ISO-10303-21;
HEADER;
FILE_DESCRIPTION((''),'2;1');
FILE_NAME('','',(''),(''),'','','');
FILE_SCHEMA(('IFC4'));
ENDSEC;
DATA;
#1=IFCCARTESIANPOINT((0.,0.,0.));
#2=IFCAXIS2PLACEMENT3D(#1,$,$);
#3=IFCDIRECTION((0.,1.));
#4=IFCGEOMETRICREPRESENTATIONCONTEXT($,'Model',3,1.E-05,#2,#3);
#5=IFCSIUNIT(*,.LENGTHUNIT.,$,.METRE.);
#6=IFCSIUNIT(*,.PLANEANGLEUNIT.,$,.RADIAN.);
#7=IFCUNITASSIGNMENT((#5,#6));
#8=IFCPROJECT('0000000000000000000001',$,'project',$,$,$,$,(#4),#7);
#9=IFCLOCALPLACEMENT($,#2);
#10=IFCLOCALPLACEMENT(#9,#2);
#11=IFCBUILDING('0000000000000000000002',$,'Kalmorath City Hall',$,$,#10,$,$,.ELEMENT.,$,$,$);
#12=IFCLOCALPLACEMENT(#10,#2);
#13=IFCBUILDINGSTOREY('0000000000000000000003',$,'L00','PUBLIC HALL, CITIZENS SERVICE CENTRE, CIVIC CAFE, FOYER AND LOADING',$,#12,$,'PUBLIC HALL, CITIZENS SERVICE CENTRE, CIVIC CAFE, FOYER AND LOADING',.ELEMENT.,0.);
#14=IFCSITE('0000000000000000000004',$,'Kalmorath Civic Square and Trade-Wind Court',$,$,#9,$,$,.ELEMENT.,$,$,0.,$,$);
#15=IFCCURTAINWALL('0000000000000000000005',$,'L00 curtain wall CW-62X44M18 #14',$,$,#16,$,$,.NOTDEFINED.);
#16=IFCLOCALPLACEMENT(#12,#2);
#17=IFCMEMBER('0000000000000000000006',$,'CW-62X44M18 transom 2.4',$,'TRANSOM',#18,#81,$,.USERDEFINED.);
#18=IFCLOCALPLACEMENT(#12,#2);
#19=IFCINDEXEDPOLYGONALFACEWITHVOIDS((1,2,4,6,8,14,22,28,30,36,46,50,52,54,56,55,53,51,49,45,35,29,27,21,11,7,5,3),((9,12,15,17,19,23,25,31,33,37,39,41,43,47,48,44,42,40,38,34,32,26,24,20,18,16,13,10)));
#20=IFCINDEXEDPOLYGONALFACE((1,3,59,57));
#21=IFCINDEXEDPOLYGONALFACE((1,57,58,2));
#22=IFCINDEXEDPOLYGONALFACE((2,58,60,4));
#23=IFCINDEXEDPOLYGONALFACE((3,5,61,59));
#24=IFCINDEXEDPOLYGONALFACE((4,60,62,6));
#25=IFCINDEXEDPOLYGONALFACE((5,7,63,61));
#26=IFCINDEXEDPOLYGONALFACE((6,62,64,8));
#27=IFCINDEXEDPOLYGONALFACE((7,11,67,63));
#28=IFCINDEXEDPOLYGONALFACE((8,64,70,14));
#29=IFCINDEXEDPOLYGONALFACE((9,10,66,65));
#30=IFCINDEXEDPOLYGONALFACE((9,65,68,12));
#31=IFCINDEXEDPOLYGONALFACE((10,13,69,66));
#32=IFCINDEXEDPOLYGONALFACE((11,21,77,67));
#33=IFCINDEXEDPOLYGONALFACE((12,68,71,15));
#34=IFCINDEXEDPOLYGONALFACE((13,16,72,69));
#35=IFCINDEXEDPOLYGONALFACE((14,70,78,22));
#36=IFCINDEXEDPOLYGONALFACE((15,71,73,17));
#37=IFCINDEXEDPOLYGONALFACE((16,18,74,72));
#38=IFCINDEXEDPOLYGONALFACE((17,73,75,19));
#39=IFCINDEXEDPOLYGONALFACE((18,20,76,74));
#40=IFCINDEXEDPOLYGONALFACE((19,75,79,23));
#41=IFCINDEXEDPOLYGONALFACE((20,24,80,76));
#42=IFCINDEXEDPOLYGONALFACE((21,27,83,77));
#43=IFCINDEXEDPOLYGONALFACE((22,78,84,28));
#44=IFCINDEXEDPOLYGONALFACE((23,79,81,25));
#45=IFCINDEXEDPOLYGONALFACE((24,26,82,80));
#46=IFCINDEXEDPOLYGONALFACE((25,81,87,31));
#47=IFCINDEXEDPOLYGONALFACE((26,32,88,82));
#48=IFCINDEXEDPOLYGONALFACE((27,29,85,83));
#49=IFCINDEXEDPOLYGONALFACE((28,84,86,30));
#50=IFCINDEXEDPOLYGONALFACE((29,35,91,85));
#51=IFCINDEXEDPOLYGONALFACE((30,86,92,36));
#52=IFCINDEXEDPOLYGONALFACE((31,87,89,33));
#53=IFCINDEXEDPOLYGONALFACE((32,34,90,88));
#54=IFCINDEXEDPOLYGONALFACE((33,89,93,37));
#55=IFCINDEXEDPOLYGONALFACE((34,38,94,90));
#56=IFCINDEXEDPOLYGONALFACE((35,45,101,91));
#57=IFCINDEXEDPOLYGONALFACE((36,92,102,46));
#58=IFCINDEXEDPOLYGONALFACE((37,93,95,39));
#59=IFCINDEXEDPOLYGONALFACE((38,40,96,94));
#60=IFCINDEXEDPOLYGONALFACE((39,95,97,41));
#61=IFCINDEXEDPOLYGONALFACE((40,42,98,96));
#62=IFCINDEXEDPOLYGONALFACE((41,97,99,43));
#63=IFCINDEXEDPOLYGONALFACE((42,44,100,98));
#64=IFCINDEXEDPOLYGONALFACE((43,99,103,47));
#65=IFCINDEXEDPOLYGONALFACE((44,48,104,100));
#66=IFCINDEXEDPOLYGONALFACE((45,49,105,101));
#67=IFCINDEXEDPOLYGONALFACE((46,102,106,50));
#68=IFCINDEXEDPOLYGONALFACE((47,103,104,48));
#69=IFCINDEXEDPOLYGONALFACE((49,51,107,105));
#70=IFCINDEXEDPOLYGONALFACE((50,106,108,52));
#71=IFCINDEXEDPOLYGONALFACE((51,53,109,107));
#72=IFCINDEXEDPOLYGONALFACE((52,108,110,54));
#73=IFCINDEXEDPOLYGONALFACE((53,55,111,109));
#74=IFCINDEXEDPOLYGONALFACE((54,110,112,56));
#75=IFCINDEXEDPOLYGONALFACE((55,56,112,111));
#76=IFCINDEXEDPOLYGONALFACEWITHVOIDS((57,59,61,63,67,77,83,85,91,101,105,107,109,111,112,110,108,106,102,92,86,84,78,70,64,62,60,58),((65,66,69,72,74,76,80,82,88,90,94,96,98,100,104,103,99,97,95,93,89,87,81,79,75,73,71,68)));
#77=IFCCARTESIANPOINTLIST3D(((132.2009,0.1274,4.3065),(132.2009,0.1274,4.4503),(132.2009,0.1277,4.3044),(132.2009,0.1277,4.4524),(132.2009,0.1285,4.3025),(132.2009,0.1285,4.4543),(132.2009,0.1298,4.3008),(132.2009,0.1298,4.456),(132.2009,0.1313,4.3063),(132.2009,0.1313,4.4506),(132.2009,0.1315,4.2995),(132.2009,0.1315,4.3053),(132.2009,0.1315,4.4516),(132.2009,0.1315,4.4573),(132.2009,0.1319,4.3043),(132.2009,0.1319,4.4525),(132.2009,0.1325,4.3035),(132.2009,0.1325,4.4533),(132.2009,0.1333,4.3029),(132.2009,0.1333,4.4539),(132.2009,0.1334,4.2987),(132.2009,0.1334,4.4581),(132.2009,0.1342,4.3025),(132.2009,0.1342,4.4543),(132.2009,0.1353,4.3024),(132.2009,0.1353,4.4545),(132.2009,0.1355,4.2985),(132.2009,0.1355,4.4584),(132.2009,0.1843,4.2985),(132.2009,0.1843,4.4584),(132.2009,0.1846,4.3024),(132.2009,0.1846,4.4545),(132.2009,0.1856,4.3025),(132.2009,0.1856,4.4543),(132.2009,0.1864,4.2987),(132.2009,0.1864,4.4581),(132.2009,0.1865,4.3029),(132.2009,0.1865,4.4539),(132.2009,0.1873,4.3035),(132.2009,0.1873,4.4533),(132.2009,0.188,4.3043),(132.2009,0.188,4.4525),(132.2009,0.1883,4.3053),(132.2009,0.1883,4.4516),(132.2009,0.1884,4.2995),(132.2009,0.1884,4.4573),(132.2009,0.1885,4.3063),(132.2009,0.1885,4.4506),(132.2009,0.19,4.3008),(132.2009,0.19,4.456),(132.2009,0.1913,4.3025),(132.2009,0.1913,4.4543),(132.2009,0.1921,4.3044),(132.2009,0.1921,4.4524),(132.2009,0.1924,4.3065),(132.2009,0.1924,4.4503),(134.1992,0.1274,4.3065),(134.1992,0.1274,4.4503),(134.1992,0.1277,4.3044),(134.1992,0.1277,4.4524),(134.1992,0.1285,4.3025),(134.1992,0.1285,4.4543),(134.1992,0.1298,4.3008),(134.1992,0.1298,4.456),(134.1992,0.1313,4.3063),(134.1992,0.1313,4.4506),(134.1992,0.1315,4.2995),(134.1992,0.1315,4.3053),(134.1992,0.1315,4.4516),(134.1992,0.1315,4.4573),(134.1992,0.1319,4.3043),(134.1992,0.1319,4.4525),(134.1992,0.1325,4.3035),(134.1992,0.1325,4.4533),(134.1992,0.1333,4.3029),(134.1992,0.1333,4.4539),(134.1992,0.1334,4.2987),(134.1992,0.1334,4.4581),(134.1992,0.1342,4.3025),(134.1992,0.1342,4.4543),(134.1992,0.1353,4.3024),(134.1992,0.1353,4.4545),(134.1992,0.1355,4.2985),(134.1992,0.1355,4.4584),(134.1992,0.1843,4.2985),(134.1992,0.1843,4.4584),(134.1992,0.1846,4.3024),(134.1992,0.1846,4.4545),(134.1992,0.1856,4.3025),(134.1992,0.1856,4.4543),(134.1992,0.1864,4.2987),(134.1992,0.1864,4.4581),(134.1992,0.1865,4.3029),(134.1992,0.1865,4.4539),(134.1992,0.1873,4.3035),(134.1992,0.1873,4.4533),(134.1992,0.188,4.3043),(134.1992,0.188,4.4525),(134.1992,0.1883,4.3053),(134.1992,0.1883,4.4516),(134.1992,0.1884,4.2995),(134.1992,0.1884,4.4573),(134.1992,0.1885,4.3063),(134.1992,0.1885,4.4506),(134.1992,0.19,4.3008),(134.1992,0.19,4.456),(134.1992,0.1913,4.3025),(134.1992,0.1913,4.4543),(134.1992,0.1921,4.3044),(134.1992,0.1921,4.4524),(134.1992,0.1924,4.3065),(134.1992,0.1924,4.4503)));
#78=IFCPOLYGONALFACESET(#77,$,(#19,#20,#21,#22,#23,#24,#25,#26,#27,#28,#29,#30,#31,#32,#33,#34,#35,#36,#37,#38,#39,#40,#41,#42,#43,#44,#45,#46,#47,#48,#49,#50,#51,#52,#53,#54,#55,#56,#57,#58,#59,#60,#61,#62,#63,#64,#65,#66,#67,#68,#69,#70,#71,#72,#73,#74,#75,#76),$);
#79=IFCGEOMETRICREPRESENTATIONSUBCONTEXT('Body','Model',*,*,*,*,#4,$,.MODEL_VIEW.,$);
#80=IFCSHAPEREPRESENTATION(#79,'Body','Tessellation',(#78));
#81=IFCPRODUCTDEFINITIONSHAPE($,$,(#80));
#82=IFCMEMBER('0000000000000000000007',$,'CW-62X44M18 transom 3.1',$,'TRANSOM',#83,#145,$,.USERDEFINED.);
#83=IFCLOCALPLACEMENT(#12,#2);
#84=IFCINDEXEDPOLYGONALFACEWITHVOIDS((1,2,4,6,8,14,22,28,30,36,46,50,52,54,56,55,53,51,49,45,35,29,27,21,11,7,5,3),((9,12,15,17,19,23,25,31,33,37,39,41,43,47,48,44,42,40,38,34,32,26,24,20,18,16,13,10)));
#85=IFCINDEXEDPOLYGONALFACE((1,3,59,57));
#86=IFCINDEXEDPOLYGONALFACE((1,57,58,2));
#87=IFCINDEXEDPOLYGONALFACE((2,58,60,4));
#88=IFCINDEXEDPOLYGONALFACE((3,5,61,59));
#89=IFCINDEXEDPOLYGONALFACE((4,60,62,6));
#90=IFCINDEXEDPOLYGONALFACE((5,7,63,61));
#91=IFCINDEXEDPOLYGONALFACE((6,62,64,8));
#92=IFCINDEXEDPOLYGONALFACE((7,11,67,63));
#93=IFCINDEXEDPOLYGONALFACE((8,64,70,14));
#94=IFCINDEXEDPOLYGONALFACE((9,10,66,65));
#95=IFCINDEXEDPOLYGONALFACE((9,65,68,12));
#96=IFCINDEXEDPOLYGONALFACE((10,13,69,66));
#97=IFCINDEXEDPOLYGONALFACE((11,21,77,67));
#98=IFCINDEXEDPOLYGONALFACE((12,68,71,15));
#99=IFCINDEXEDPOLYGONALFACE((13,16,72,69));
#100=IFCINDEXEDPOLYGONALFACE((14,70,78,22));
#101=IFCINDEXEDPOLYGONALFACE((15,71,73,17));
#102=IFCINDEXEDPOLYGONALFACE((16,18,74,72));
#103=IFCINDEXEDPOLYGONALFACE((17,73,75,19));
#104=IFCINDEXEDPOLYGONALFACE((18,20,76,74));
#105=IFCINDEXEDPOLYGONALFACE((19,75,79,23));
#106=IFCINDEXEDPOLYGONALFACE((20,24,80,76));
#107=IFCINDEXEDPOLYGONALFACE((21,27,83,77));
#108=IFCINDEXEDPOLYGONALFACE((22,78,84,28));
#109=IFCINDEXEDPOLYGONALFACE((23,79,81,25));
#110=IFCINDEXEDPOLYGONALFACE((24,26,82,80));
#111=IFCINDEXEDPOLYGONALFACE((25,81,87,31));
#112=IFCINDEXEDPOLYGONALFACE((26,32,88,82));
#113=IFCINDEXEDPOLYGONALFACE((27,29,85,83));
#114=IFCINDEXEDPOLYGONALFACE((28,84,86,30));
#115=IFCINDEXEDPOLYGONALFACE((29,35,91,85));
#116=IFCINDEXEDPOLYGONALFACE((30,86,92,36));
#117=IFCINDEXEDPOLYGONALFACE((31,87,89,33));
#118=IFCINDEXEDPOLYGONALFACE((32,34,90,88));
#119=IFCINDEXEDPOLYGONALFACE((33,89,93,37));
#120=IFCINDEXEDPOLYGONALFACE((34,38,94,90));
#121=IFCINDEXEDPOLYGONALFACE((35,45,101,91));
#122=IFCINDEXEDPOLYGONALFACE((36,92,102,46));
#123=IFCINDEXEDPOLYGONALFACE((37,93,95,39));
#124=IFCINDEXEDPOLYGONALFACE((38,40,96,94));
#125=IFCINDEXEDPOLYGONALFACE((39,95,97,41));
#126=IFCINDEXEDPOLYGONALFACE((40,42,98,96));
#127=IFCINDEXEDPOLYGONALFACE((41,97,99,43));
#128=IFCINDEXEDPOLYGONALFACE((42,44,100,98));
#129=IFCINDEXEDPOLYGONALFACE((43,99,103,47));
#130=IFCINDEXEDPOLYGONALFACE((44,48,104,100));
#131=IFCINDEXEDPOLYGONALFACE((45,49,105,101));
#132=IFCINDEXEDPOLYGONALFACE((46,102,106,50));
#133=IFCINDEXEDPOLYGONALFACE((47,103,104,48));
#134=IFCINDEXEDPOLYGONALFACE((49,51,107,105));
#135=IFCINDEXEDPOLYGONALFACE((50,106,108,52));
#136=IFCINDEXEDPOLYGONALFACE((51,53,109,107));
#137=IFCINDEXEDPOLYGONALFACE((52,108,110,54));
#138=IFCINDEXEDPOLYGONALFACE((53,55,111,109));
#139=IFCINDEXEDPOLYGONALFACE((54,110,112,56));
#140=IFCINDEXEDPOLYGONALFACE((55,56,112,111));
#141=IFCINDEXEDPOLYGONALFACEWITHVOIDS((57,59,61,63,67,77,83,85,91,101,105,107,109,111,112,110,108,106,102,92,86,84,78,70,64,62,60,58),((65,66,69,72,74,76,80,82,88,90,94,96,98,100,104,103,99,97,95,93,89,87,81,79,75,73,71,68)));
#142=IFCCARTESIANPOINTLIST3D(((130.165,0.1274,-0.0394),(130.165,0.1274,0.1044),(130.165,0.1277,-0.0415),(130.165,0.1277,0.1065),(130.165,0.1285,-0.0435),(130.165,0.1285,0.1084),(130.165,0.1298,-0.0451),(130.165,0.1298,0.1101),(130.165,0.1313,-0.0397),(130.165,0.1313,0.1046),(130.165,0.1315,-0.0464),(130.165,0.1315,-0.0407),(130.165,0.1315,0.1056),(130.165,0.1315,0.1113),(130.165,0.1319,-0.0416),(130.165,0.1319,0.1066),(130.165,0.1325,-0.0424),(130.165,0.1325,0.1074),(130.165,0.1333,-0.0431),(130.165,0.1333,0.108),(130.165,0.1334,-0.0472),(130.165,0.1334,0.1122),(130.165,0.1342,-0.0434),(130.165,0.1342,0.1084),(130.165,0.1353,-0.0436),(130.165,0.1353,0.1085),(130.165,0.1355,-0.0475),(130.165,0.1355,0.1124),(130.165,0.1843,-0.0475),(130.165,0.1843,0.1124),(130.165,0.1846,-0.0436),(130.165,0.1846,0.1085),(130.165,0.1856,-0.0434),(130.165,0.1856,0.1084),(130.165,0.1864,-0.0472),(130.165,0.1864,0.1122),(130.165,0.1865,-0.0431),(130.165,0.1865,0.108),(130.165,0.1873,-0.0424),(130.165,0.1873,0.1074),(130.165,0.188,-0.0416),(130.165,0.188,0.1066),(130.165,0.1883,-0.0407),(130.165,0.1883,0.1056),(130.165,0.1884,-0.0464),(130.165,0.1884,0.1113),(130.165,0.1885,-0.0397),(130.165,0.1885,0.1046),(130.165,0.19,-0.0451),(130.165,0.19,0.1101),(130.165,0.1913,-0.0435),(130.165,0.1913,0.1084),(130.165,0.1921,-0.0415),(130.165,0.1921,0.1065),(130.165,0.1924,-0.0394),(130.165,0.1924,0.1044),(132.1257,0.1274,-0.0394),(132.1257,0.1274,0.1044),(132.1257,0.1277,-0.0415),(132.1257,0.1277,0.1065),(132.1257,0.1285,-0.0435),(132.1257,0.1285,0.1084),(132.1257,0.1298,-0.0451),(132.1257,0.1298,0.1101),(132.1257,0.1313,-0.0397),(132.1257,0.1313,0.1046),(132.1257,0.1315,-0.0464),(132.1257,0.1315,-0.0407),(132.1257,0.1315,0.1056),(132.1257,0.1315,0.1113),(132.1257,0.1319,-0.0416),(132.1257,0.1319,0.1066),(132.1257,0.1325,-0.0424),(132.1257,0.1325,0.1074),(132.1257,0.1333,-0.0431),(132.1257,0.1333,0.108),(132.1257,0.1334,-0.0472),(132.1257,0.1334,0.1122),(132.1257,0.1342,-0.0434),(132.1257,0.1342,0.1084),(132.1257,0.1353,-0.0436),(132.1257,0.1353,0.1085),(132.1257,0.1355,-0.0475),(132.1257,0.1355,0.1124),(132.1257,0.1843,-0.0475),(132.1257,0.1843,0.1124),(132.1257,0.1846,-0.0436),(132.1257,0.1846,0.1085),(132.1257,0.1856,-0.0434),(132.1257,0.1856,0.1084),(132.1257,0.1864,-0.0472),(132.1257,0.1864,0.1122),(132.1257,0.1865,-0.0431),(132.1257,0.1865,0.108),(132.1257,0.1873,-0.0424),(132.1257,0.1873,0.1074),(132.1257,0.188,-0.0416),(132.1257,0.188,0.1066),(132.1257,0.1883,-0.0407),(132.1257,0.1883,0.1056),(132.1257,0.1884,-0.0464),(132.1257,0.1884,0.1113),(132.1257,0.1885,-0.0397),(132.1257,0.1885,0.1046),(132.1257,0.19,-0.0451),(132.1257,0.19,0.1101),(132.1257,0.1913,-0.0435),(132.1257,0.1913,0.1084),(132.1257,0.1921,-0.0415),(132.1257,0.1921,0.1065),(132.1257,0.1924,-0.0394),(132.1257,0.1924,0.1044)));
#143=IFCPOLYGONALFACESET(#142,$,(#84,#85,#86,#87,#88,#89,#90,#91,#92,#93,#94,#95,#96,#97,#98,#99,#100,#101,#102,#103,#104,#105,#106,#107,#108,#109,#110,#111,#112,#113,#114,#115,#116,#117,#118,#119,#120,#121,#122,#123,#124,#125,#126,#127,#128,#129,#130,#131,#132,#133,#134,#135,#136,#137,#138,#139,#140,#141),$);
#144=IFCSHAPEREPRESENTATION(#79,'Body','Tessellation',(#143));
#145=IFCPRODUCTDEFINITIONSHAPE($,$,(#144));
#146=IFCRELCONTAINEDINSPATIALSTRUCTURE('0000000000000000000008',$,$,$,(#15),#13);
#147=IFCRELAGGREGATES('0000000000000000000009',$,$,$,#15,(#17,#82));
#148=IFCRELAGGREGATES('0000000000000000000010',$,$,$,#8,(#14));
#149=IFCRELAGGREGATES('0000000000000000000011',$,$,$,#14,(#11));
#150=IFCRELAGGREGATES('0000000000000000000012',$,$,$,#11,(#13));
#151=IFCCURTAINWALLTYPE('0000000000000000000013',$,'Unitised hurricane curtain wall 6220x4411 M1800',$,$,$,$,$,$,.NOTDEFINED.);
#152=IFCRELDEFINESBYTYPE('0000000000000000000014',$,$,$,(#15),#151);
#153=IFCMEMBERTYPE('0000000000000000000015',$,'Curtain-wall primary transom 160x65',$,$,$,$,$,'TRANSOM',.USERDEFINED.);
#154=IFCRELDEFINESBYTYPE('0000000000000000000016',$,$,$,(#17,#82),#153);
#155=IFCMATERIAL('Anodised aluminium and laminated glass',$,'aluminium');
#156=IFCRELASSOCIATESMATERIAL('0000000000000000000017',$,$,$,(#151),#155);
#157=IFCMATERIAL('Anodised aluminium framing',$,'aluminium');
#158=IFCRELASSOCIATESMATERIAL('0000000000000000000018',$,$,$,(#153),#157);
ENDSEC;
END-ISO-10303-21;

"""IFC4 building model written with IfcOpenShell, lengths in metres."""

from ifc_helpers import new_model, si_unit, direction, frame, origin, origin_2d, place, context, subcontext, project, spatial, hollow_rectangle, extrude, material, material_profile, profile_set, type_object, element, aggregate, save


model = new_model("IFC4")

# Units and contexts
model_context = context("Model", 3, precision=1e-05, world=origin(), true_north=direction((0.0, 1.0)))
body_context = subcontext(model_context, "Body", "Model", "MODEL_VIEW")
ifc_project = project(units=[si_unit("LENGTHUNIT", "METRE"), si_unit("PLANEANGLEUNIT", "RADIAN")], contexts=[model_context])

# Site, building, storey
site_placement = place(None, origin())
site = spatial("IfcSite", under=ifc_project, at=site_placement, Name="Kalmorath Civic Square and Trade-Wind Court", CompositionType="ELEMENT", RefElevation=0.0)
building_placement = place(site_placement, origin())
building = spatial("IfcBuilding", under=site, at=building_placement, Name="Kalmorath City Hall", CompositionType="ELEMENT")
storey_placement = place(building_placement, origin())
storey = spatial("IfcBuildingStorey", under=building, at=storey_placement, Name="L00", Description="PUBLIC HALL, CITIZENS SERVICE CENTRE, CIVIC CAFE, FOYER AND LOADING", LongName="PUBLIC HALL, CITIZENS SERVICE CENTRE, CIVIC CAFE, FOYER AND LOADING", CompositionType="ELEMENT", Elevation=0.0)

# Curtain wall, members
ifc_material_1 = material(Name="Anodised aluminium and laminated glass", Category="aluminium")
curtain_wall_type = type_object("IfcCurtainWallType", Name="Unitised hurricane curtain wall 6220x4411 M1800", PredefinedType="NOTDEFINED", material=ifc_material_1)
curtain_wall_placement = place(storey_placement, origin())
curtain_wall = element("IfcCurtainWall", 1, at=curtain_wall_placement, inside=storey, type_object=curtain_wall_type, Name="L00 curtain wall CW-62X44M18 #14", PredefinedType="NOTDEFINED")
ifc_material_2 = material(Name="Anodised aluminium framing", Category="aluminium")
ifc_material_profile_1 = material_profile(ifc_material_2, hollow_rectangle(XDim=0.0649, YDim=0.1599, WallThickness=0.0039, InnerFilletRadius=0.0039, OuterFilletRadius=0.0081, at=origin_2d()), Name="ALU-TRN-160X65X4")
ifc_profile_set_1 = profile_set([ifc_material_profile_1], Name="Anodised aluminium framing")
member_type_1 = type_object("IfcMemberType", Name="Curtain-wall primary transom 160x65", ElementType="TRANSOM", PredefinedType="USERDEFINED", material=ifc_profile_set_1)
member_1_placement = place(storey_placement, frame((134.1992, 0.1599, 4.3784), z_axis=(-1.0, 0.0, 0.0), x_axis=(0.0, -1.0, 0.0)))
member_1 = element("IfcMember", 2, at=member_1_placement, type_object=member_type_1, Name="CW-62X44M18 transom 2.4", ObjectType="TRANSOM", PredefinedType="USERDEFINED", context=body_context, shape_type="SweptSolid", body=[
    extrude(hollow_rectangle(XDim=0.0649, YDim=0.1599, WallThickness=0.0039, InnerFilletRadius=0.0039, OuterFilletRadius=0.0081, at=origin_2d()), origin(), (0.0, 0.0, 1.0), 1.9983),
])
member_2_placement = place(storey_placement, frame((132.1257, 0.1599, 0.0325), z_axis=(-1.0, 0.0, 0.0), x_axis=(0.0, -1.0, 0.0)))
member_2 = element("IfcMember", 3, at=member_2_placement, type_object=member_type_1, Name="CW-62X44M18 transom 3.1", ObjectType="TRANSOM", PredefinedType="USERDEFINED", context=body_context, shape_type="SweptSolid", body=[
    extrude(hollow_rectangle(XDim=0.0649, YDim=0.1599, WallThickness=0.0039, InnerFilletRadius=0.0039, OuterFilletRadius=0.0081, at=origin_2d()), origin(), (0.0, 0.0, 1.0), 1.9607),
])
aggregate(curtain_wall, [member_1, member_2])

save(model, "model.ifc")
